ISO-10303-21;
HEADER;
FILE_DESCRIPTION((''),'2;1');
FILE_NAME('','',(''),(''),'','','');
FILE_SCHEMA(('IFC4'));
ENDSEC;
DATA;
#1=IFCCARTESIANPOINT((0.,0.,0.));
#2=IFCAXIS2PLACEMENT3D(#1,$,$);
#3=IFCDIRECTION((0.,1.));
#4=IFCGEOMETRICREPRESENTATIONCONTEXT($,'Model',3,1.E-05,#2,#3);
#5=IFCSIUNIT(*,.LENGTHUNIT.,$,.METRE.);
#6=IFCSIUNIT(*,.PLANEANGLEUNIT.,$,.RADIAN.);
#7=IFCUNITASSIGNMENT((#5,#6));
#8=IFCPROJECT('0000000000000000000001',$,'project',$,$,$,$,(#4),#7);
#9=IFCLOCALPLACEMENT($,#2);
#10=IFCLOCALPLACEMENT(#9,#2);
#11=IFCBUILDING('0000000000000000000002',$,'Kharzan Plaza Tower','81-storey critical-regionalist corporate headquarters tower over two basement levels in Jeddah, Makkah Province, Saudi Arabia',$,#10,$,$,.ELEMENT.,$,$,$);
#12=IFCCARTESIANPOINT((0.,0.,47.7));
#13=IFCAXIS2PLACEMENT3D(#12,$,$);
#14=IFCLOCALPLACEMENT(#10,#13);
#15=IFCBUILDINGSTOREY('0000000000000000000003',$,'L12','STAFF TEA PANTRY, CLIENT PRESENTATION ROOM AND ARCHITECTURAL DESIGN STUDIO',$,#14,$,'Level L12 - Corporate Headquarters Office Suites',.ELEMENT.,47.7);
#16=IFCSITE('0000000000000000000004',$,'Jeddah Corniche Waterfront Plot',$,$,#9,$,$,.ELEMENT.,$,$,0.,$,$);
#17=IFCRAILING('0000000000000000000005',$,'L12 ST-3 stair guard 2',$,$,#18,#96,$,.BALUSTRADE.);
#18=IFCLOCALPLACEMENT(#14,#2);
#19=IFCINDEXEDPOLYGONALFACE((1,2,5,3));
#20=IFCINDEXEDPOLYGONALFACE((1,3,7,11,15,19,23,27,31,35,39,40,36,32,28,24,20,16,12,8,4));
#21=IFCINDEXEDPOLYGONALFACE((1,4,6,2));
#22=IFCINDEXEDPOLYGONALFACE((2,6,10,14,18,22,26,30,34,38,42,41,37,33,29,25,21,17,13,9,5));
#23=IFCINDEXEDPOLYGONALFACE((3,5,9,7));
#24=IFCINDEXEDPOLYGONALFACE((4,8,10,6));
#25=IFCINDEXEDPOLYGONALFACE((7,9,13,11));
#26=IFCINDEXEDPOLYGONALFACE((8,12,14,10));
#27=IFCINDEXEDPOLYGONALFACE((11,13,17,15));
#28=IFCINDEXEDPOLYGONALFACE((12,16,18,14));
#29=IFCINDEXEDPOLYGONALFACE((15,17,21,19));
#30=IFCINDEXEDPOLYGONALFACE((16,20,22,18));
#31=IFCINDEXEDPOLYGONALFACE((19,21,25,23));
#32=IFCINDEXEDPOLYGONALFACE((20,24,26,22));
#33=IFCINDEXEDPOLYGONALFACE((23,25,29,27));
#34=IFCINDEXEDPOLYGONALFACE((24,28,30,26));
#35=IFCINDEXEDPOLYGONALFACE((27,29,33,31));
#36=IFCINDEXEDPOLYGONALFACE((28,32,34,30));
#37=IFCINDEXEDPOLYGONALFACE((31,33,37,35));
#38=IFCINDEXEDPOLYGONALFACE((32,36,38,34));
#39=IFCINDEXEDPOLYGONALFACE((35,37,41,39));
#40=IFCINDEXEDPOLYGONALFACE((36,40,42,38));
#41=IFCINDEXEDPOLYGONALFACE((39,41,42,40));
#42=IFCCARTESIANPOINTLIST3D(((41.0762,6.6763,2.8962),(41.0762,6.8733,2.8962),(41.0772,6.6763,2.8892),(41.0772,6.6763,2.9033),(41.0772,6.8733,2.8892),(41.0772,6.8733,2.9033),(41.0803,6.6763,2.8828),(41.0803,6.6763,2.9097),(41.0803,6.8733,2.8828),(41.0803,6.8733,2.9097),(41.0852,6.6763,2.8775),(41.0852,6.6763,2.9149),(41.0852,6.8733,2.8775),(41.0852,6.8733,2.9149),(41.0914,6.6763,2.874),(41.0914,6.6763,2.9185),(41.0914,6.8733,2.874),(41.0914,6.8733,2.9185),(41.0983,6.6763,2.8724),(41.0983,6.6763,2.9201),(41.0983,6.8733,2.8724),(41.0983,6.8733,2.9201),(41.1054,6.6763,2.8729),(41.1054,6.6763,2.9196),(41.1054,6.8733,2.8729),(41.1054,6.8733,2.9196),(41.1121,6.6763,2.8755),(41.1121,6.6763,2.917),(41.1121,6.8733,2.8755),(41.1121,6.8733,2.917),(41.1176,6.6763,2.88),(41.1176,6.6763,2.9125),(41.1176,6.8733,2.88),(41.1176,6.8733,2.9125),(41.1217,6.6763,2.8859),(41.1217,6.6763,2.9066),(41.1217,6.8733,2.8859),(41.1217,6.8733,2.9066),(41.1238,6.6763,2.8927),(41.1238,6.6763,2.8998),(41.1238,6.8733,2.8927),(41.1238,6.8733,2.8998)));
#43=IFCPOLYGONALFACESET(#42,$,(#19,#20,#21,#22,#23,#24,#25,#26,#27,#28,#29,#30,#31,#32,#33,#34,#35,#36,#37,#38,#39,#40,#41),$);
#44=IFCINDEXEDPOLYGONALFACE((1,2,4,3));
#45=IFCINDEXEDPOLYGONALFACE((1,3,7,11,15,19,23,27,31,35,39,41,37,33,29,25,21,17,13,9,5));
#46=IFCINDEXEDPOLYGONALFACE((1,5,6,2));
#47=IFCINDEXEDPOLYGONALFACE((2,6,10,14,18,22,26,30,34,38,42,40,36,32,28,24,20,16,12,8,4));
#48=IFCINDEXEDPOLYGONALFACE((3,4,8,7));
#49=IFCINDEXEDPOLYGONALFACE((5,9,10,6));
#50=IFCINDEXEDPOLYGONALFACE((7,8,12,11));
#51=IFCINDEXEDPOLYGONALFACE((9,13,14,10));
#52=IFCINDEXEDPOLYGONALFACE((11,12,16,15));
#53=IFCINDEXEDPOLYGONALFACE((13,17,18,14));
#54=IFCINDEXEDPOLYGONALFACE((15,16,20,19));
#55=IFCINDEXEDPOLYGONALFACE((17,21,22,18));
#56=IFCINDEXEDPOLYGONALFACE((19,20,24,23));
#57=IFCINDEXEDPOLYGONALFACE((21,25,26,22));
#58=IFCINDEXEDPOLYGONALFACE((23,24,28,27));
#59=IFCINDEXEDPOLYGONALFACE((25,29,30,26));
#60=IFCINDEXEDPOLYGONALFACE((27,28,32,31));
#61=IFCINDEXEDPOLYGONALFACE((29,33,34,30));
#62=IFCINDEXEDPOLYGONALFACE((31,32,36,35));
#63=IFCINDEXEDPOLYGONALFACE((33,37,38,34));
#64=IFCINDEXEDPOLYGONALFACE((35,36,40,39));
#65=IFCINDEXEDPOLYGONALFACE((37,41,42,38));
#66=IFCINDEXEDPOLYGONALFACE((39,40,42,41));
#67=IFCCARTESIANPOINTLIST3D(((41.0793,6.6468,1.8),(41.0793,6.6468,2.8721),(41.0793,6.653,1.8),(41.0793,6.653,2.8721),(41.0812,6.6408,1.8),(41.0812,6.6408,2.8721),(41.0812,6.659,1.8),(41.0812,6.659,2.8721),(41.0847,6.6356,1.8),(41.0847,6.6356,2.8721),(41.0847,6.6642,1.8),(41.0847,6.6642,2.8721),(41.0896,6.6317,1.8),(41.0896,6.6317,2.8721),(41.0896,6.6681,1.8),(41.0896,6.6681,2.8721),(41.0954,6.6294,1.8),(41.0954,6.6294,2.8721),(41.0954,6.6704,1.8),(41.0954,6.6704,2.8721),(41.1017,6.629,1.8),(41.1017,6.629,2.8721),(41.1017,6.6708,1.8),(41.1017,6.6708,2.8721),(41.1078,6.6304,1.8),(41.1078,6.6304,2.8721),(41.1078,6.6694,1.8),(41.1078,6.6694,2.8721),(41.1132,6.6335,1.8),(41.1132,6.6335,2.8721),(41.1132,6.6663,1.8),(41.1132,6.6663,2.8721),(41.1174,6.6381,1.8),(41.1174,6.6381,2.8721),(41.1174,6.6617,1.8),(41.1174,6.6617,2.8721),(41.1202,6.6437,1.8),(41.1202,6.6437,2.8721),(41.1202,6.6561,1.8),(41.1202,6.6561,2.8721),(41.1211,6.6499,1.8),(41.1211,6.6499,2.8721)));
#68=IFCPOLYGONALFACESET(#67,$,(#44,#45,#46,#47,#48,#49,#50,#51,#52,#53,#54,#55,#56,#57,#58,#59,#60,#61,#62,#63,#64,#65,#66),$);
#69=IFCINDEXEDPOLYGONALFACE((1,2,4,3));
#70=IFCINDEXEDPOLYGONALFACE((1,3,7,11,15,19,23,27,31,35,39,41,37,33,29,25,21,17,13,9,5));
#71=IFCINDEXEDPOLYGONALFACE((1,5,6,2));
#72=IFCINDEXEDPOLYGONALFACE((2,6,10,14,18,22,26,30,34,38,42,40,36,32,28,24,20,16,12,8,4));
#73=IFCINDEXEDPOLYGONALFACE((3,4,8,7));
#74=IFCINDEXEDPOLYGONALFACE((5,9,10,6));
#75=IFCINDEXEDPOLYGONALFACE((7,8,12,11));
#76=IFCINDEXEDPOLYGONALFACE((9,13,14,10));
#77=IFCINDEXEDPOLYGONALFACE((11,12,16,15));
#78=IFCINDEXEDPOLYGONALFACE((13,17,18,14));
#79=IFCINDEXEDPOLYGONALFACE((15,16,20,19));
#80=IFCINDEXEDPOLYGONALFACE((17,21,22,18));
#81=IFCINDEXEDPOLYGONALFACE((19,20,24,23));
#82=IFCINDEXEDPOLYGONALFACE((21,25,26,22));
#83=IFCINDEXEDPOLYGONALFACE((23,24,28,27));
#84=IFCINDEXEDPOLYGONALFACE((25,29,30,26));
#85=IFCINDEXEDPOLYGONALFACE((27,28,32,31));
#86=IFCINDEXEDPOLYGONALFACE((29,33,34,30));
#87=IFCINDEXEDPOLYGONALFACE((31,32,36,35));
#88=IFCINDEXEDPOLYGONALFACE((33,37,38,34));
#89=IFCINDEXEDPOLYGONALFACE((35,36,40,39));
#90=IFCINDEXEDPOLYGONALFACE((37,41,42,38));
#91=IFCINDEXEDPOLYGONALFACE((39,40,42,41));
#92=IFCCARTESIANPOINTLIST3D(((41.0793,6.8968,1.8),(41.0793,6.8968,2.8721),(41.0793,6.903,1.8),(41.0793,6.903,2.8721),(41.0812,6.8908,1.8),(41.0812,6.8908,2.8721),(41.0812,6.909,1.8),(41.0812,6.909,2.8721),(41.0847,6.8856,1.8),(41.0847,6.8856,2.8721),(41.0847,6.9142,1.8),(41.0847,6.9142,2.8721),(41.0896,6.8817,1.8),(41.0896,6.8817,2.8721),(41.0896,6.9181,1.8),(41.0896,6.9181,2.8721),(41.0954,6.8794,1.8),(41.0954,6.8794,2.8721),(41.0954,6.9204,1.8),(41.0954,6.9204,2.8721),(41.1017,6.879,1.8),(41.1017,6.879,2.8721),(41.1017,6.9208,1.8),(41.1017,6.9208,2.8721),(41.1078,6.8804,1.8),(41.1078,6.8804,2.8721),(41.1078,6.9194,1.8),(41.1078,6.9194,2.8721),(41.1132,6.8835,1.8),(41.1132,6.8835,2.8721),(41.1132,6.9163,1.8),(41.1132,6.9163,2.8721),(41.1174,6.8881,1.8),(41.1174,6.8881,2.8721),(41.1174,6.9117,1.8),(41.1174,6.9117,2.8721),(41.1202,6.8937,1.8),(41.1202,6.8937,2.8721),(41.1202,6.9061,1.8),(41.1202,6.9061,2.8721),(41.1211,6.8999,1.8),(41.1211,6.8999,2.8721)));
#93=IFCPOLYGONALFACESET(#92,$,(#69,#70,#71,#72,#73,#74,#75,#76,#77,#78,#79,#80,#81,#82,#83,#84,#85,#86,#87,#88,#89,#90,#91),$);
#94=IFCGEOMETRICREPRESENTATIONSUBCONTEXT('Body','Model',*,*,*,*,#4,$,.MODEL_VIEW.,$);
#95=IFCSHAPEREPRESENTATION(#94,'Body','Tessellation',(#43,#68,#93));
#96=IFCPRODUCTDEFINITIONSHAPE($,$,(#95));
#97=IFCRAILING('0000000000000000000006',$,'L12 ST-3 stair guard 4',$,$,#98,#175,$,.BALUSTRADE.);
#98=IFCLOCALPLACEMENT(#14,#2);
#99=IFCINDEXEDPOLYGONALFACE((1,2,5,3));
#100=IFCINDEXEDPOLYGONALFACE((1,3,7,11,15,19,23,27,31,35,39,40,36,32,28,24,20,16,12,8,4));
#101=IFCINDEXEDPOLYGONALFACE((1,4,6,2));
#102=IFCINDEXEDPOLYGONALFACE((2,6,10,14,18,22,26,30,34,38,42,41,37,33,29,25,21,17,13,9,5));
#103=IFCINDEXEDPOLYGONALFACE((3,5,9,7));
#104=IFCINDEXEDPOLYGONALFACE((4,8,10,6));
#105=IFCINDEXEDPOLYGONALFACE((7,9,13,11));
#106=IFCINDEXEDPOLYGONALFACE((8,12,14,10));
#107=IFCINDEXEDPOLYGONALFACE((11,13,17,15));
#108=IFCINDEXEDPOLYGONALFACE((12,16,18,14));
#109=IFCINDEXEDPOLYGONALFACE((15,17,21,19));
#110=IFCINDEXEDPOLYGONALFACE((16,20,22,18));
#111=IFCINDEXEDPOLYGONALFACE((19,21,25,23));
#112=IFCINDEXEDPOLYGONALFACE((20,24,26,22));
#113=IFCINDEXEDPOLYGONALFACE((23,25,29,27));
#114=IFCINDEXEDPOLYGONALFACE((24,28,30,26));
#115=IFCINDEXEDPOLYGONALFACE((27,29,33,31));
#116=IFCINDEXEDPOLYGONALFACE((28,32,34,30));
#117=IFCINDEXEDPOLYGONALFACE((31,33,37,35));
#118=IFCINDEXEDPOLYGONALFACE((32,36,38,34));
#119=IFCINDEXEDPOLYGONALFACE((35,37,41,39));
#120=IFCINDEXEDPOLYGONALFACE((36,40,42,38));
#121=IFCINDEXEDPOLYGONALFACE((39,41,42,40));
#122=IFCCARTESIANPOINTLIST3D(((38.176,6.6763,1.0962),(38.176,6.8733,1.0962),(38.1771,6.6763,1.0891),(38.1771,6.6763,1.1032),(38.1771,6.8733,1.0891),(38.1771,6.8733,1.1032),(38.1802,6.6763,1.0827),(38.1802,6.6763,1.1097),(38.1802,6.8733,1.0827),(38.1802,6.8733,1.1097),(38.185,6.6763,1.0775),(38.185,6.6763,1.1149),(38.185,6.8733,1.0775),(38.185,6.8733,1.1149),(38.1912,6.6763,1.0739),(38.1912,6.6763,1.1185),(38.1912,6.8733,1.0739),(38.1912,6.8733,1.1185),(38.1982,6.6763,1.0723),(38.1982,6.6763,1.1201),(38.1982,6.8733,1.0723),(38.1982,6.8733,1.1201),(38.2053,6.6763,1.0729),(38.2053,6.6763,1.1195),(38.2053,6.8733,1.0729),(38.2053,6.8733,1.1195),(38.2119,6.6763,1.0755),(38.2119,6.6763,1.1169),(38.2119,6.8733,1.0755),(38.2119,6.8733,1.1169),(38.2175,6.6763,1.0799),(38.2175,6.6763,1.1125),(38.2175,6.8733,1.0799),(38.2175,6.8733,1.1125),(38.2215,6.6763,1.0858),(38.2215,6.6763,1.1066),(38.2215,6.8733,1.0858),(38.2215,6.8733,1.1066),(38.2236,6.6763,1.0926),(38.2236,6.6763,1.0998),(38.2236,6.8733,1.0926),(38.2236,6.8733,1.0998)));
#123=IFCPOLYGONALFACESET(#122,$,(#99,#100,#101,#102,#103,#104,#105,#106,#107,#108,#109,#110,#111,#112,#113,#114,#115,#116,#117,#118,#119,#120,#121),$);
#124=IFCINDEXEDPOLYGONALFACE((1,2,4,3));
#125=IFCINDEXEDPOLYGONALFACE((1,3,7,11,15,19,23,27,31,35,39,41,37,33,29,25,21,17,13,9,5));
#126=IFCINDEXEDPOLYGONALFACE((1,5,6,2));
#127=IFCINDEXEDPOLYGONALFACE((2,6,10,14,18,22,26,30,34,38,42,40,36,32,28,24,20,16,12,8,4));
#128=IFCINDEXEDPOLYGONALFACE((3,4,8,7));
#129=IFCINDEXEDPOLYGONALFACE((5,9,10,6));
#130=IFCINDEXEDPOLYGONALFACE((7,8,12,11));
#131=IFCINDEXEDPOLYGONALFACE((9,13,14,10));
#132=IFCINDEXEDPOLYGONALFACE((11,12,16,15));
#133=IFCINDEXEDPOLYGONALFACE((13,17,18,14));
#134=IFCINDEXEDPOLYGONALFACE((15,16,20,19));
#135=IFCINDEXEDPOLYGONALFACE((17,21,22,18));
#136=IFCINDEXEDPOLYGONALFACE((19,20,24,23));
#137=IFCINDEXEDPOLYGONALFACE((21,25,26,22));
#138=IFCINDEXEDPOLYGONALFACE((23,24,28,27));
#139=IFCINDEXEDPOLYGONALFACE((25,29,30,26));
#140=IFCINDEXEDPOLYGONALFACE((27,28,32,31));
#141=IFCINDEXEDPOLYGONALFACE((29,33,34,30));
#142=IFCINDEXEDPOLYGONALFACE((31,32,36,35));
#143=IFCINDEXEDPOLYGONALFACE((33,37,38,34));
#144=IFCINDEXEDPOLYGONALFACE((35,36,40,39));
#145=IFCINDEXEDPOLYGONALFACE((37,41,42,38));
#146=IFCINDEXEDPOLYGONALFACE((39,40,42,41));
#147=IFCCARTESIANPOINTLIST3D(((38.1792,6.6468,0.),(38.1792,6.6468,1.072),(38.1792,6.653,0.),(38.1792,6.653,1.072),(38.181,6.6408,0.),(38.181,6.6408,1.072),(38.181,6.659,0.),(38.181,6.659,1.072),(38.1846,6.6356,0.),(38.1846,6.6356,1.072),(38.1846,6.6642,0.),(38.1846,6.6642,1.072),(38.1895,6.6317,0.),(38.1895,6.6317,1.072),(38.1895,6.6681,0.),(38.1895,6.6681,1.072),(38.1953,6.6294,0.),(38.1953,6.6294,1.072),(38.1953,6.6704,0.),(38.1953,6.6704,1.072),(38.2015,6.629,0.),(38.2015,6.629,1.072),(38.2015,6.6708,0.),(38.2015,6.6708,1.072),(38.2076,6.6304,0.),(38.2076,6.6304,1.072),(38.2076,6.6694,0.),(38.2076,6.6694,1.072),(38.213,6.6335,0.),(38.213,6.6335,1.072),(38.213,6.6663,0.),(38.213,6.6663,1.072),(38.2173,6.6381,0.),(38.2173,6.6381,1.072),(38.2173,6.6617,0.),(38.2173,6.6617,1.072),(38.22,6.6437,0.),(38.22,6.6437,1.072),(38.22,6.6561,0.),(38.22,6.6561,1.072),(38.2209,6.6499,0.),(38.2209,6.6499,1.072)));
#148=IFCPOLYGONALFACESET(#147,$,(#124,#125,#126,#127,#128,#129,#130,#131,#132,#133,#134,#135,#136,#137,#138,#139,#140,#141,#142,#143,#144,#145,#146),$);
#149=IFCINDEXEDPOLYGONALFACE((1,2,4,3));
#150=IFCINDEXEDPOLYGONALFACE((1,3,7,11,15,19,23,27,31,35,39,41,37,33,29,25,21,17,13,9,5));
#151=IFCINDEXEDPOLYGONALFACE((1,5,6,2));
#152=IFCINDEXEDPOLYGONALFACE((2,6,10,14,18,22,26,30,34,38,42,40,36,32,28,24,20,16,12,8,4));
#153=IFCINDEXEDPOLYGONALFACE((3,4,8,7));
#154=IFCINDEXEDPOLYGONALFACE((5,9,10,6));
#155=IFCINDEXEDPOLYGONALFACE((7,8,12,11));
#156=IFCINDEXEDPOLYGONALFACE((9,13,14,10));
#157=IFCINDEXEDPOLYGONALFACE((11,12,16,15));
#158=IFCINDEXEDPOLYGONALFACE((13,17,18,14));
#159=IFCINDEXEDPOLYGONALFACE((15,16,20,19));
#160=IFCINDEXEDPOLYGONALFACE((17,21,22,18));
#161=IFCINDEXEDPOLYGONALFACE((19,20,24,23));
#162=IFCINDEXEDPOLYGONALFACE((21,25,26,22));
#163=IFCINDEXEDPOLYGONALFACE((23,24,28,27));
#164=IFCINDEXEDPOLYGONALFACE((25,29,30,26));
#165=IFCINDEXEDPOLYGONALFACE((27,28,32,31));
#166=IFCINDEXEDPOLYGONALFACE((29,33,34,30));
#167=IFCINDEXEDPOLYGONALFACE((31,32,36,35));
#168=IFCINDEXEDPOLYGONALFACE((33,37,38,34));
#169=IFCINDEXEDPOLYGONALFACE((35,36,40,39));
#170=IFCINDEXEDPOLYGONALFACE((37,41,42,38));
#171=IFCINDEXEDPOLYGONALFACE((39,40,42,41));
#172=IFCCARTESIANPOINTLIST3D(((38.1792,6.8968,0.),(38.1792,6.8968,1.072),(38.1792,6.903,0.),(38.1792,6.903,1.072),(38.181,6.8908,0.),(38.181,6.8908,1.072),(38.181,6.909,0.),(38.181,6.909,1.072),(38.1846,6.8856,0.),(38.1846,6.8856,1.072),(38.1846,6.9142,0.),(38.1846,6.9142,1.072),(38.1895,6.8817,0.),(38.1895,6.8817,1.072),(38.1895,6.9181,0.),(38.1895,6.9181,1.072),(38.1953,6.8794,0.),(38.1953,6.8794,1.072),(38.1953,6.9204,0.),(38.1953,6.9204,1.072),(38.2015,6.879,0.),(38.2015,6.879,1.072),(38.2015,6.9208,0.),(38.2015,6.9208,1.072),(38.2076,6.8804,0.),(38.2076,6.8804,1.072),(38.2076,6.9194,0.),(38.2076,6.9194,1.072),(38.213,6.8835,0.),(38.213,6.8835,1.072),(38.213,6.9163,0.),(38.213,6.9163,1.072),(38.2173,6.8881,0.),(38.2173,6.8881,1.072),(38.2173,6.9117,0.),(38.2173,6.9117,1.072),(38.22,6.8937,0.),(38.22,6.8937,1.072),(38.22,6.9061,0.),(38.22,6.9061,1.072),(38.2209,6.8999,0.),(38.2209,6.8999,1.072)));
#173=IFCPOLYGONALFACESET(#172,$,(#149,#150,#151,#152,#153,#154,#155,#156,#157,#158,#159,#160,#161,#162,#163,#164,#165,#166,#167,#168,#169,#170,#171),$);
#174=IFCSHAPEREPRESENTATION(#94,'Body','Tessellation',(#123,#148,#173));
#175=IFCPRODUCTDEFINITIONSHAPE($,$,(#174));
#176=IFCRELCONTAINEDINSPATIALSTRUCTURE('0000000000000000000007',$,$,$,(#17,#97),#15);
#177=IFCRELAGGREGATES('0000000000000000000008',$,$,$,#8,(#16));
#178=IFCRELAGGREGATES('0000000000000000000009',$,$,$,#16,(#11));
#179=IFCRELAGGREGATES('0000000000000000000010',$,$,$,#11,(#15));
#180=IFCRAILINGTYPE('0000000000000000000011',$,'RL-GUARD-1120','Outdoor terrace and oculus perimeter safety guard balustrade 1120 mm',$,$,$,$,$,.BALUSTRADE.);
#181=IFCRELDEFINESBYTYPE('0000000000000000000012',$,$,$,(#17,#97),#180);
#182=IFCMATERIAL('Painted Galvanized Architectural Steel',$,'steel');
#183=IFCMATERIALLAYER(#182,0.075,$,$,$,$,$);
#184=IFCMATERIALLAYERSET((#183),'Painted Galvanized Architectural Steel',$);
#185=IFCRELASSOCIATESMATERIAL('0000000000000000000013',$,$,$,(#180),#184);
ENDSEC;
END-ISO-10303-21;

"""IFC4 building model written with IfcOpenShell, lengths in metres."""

from ifc_helpers import new_model, si_unit, direction, frame, origin, origin_2d, place, context, subcontext, project, spatial, circle, extrude, source, transform, mapped, material, layer, layer_set, type_object, element, save


model = new_model("IFC4")

# Units and contexts
model_context = context("Model", 3, precision=1e-05, world=origin(), true_north=direction((0.0, 1.0)))
body_context = subcontext(model_context, "Body", "Model", "MODEL_VIEW")
ifc_project = project(units=[si_unit("LENGTHUNIT", "METRE"), si_unit("PLANEANGLEUNIT", "RADIAN")], contexts=[model_context])

# Site, building, storey
site_placement = place(None, origin())
site = spatial("IfcSite", under=ifc_project, at=site_placement, Name="Jeddah Corniche Waterfront Plot", CompositionType="ELEMENT", RefElevation=0.0)
building_placement = place(site_placement, origin())
building = spatial("IfcBuilding", under=site, at=building_placement, Name="Kharzan Plaza Tower", Description="81-storey critical-regionalist corporate headquarters tower over two basement levels in Jeddah, Makkah Province, Saudi Arabia", CompositionType="ELEMENT")
storey_placement = place(building_placement, frame((0.0, 0.0, 47.7)))
storey = spatial("IfcBuildingStorey", under=building, at=storey_placement, Name="L12", Description="STAFF TEA PANTRY, CLIENT PRESENTATION ROOM AND ARCHITECTURAL DESIGN STUDIO", LongName="Level L12 - Corporate Headquarters Office Suites", CompositionType="ELEMENT", Elevation=47.7)

# Railings
ifc_material_1 = material(Name="Painted Galvanized Architectural Steel", Category="steel")
ifc_layer_1 = layer(ifc_material_1, 0.075)
ifc_layer_set_1 = layer_set([ifc_layer_1], Name="Painted Galvanized Architectural Steel")
railing_type_1 = type_object("IfcRailingType", Name="RL-GUARD-1120", Description="Outdoor terrace and oculus perimeter safety guard balustrade 1120 mm", PredefinedType="BALUSTRADE", material=ifc_layer_set_1)
shared_shape_1 = source(origin(), body_context, "Body", "SweptSolid", [
    extrude(circle(Radius=0.0239, at=origin_2d()), frame((0.0, 0.0264, 1.0962), z_axis=(0.0, 1.0, 0.0), x_axis=(-1.0, 0.0, 0.0)), (0.0, 0.0, 1.0), 0.197),
    extrude(circle(Radius=0.021, at=origin_2d()), origin(), (0.0, 0.0, 1.0), 1.072),
    extrude(circle(Radius=0.021, at=origin_2d()), frame((0.0, 0.25, 0.0)), (0.0, 0.0, 1.0), 1.072),
])
for number, where, name in (
    (1, (41.1001, 6.6499, 1.8), "L12 ST-3 stair guard 2"),
    (2, (38.2, 6.6499, 0.0), "L12 ST-3 stair guard 4"),
):
    element("IfcRailing", number, at=place(storey_placement, frame(where)), inside=storey, type_object=railing_type_1, Name=name, PredefinedType="BALUSTRADE", context=body_context, shape_type="MappedRepresentation", body=[
        mapped(shared_shape_1, transform((0.0, 0.0, 0.0), x_axis=(1.0, 0.0, 0.0), y_axis=(0.0, 1.0, 0.0), z_axis=(0.0, 0.0, 1.0))),
    ])

save(model, "model.ifc")
